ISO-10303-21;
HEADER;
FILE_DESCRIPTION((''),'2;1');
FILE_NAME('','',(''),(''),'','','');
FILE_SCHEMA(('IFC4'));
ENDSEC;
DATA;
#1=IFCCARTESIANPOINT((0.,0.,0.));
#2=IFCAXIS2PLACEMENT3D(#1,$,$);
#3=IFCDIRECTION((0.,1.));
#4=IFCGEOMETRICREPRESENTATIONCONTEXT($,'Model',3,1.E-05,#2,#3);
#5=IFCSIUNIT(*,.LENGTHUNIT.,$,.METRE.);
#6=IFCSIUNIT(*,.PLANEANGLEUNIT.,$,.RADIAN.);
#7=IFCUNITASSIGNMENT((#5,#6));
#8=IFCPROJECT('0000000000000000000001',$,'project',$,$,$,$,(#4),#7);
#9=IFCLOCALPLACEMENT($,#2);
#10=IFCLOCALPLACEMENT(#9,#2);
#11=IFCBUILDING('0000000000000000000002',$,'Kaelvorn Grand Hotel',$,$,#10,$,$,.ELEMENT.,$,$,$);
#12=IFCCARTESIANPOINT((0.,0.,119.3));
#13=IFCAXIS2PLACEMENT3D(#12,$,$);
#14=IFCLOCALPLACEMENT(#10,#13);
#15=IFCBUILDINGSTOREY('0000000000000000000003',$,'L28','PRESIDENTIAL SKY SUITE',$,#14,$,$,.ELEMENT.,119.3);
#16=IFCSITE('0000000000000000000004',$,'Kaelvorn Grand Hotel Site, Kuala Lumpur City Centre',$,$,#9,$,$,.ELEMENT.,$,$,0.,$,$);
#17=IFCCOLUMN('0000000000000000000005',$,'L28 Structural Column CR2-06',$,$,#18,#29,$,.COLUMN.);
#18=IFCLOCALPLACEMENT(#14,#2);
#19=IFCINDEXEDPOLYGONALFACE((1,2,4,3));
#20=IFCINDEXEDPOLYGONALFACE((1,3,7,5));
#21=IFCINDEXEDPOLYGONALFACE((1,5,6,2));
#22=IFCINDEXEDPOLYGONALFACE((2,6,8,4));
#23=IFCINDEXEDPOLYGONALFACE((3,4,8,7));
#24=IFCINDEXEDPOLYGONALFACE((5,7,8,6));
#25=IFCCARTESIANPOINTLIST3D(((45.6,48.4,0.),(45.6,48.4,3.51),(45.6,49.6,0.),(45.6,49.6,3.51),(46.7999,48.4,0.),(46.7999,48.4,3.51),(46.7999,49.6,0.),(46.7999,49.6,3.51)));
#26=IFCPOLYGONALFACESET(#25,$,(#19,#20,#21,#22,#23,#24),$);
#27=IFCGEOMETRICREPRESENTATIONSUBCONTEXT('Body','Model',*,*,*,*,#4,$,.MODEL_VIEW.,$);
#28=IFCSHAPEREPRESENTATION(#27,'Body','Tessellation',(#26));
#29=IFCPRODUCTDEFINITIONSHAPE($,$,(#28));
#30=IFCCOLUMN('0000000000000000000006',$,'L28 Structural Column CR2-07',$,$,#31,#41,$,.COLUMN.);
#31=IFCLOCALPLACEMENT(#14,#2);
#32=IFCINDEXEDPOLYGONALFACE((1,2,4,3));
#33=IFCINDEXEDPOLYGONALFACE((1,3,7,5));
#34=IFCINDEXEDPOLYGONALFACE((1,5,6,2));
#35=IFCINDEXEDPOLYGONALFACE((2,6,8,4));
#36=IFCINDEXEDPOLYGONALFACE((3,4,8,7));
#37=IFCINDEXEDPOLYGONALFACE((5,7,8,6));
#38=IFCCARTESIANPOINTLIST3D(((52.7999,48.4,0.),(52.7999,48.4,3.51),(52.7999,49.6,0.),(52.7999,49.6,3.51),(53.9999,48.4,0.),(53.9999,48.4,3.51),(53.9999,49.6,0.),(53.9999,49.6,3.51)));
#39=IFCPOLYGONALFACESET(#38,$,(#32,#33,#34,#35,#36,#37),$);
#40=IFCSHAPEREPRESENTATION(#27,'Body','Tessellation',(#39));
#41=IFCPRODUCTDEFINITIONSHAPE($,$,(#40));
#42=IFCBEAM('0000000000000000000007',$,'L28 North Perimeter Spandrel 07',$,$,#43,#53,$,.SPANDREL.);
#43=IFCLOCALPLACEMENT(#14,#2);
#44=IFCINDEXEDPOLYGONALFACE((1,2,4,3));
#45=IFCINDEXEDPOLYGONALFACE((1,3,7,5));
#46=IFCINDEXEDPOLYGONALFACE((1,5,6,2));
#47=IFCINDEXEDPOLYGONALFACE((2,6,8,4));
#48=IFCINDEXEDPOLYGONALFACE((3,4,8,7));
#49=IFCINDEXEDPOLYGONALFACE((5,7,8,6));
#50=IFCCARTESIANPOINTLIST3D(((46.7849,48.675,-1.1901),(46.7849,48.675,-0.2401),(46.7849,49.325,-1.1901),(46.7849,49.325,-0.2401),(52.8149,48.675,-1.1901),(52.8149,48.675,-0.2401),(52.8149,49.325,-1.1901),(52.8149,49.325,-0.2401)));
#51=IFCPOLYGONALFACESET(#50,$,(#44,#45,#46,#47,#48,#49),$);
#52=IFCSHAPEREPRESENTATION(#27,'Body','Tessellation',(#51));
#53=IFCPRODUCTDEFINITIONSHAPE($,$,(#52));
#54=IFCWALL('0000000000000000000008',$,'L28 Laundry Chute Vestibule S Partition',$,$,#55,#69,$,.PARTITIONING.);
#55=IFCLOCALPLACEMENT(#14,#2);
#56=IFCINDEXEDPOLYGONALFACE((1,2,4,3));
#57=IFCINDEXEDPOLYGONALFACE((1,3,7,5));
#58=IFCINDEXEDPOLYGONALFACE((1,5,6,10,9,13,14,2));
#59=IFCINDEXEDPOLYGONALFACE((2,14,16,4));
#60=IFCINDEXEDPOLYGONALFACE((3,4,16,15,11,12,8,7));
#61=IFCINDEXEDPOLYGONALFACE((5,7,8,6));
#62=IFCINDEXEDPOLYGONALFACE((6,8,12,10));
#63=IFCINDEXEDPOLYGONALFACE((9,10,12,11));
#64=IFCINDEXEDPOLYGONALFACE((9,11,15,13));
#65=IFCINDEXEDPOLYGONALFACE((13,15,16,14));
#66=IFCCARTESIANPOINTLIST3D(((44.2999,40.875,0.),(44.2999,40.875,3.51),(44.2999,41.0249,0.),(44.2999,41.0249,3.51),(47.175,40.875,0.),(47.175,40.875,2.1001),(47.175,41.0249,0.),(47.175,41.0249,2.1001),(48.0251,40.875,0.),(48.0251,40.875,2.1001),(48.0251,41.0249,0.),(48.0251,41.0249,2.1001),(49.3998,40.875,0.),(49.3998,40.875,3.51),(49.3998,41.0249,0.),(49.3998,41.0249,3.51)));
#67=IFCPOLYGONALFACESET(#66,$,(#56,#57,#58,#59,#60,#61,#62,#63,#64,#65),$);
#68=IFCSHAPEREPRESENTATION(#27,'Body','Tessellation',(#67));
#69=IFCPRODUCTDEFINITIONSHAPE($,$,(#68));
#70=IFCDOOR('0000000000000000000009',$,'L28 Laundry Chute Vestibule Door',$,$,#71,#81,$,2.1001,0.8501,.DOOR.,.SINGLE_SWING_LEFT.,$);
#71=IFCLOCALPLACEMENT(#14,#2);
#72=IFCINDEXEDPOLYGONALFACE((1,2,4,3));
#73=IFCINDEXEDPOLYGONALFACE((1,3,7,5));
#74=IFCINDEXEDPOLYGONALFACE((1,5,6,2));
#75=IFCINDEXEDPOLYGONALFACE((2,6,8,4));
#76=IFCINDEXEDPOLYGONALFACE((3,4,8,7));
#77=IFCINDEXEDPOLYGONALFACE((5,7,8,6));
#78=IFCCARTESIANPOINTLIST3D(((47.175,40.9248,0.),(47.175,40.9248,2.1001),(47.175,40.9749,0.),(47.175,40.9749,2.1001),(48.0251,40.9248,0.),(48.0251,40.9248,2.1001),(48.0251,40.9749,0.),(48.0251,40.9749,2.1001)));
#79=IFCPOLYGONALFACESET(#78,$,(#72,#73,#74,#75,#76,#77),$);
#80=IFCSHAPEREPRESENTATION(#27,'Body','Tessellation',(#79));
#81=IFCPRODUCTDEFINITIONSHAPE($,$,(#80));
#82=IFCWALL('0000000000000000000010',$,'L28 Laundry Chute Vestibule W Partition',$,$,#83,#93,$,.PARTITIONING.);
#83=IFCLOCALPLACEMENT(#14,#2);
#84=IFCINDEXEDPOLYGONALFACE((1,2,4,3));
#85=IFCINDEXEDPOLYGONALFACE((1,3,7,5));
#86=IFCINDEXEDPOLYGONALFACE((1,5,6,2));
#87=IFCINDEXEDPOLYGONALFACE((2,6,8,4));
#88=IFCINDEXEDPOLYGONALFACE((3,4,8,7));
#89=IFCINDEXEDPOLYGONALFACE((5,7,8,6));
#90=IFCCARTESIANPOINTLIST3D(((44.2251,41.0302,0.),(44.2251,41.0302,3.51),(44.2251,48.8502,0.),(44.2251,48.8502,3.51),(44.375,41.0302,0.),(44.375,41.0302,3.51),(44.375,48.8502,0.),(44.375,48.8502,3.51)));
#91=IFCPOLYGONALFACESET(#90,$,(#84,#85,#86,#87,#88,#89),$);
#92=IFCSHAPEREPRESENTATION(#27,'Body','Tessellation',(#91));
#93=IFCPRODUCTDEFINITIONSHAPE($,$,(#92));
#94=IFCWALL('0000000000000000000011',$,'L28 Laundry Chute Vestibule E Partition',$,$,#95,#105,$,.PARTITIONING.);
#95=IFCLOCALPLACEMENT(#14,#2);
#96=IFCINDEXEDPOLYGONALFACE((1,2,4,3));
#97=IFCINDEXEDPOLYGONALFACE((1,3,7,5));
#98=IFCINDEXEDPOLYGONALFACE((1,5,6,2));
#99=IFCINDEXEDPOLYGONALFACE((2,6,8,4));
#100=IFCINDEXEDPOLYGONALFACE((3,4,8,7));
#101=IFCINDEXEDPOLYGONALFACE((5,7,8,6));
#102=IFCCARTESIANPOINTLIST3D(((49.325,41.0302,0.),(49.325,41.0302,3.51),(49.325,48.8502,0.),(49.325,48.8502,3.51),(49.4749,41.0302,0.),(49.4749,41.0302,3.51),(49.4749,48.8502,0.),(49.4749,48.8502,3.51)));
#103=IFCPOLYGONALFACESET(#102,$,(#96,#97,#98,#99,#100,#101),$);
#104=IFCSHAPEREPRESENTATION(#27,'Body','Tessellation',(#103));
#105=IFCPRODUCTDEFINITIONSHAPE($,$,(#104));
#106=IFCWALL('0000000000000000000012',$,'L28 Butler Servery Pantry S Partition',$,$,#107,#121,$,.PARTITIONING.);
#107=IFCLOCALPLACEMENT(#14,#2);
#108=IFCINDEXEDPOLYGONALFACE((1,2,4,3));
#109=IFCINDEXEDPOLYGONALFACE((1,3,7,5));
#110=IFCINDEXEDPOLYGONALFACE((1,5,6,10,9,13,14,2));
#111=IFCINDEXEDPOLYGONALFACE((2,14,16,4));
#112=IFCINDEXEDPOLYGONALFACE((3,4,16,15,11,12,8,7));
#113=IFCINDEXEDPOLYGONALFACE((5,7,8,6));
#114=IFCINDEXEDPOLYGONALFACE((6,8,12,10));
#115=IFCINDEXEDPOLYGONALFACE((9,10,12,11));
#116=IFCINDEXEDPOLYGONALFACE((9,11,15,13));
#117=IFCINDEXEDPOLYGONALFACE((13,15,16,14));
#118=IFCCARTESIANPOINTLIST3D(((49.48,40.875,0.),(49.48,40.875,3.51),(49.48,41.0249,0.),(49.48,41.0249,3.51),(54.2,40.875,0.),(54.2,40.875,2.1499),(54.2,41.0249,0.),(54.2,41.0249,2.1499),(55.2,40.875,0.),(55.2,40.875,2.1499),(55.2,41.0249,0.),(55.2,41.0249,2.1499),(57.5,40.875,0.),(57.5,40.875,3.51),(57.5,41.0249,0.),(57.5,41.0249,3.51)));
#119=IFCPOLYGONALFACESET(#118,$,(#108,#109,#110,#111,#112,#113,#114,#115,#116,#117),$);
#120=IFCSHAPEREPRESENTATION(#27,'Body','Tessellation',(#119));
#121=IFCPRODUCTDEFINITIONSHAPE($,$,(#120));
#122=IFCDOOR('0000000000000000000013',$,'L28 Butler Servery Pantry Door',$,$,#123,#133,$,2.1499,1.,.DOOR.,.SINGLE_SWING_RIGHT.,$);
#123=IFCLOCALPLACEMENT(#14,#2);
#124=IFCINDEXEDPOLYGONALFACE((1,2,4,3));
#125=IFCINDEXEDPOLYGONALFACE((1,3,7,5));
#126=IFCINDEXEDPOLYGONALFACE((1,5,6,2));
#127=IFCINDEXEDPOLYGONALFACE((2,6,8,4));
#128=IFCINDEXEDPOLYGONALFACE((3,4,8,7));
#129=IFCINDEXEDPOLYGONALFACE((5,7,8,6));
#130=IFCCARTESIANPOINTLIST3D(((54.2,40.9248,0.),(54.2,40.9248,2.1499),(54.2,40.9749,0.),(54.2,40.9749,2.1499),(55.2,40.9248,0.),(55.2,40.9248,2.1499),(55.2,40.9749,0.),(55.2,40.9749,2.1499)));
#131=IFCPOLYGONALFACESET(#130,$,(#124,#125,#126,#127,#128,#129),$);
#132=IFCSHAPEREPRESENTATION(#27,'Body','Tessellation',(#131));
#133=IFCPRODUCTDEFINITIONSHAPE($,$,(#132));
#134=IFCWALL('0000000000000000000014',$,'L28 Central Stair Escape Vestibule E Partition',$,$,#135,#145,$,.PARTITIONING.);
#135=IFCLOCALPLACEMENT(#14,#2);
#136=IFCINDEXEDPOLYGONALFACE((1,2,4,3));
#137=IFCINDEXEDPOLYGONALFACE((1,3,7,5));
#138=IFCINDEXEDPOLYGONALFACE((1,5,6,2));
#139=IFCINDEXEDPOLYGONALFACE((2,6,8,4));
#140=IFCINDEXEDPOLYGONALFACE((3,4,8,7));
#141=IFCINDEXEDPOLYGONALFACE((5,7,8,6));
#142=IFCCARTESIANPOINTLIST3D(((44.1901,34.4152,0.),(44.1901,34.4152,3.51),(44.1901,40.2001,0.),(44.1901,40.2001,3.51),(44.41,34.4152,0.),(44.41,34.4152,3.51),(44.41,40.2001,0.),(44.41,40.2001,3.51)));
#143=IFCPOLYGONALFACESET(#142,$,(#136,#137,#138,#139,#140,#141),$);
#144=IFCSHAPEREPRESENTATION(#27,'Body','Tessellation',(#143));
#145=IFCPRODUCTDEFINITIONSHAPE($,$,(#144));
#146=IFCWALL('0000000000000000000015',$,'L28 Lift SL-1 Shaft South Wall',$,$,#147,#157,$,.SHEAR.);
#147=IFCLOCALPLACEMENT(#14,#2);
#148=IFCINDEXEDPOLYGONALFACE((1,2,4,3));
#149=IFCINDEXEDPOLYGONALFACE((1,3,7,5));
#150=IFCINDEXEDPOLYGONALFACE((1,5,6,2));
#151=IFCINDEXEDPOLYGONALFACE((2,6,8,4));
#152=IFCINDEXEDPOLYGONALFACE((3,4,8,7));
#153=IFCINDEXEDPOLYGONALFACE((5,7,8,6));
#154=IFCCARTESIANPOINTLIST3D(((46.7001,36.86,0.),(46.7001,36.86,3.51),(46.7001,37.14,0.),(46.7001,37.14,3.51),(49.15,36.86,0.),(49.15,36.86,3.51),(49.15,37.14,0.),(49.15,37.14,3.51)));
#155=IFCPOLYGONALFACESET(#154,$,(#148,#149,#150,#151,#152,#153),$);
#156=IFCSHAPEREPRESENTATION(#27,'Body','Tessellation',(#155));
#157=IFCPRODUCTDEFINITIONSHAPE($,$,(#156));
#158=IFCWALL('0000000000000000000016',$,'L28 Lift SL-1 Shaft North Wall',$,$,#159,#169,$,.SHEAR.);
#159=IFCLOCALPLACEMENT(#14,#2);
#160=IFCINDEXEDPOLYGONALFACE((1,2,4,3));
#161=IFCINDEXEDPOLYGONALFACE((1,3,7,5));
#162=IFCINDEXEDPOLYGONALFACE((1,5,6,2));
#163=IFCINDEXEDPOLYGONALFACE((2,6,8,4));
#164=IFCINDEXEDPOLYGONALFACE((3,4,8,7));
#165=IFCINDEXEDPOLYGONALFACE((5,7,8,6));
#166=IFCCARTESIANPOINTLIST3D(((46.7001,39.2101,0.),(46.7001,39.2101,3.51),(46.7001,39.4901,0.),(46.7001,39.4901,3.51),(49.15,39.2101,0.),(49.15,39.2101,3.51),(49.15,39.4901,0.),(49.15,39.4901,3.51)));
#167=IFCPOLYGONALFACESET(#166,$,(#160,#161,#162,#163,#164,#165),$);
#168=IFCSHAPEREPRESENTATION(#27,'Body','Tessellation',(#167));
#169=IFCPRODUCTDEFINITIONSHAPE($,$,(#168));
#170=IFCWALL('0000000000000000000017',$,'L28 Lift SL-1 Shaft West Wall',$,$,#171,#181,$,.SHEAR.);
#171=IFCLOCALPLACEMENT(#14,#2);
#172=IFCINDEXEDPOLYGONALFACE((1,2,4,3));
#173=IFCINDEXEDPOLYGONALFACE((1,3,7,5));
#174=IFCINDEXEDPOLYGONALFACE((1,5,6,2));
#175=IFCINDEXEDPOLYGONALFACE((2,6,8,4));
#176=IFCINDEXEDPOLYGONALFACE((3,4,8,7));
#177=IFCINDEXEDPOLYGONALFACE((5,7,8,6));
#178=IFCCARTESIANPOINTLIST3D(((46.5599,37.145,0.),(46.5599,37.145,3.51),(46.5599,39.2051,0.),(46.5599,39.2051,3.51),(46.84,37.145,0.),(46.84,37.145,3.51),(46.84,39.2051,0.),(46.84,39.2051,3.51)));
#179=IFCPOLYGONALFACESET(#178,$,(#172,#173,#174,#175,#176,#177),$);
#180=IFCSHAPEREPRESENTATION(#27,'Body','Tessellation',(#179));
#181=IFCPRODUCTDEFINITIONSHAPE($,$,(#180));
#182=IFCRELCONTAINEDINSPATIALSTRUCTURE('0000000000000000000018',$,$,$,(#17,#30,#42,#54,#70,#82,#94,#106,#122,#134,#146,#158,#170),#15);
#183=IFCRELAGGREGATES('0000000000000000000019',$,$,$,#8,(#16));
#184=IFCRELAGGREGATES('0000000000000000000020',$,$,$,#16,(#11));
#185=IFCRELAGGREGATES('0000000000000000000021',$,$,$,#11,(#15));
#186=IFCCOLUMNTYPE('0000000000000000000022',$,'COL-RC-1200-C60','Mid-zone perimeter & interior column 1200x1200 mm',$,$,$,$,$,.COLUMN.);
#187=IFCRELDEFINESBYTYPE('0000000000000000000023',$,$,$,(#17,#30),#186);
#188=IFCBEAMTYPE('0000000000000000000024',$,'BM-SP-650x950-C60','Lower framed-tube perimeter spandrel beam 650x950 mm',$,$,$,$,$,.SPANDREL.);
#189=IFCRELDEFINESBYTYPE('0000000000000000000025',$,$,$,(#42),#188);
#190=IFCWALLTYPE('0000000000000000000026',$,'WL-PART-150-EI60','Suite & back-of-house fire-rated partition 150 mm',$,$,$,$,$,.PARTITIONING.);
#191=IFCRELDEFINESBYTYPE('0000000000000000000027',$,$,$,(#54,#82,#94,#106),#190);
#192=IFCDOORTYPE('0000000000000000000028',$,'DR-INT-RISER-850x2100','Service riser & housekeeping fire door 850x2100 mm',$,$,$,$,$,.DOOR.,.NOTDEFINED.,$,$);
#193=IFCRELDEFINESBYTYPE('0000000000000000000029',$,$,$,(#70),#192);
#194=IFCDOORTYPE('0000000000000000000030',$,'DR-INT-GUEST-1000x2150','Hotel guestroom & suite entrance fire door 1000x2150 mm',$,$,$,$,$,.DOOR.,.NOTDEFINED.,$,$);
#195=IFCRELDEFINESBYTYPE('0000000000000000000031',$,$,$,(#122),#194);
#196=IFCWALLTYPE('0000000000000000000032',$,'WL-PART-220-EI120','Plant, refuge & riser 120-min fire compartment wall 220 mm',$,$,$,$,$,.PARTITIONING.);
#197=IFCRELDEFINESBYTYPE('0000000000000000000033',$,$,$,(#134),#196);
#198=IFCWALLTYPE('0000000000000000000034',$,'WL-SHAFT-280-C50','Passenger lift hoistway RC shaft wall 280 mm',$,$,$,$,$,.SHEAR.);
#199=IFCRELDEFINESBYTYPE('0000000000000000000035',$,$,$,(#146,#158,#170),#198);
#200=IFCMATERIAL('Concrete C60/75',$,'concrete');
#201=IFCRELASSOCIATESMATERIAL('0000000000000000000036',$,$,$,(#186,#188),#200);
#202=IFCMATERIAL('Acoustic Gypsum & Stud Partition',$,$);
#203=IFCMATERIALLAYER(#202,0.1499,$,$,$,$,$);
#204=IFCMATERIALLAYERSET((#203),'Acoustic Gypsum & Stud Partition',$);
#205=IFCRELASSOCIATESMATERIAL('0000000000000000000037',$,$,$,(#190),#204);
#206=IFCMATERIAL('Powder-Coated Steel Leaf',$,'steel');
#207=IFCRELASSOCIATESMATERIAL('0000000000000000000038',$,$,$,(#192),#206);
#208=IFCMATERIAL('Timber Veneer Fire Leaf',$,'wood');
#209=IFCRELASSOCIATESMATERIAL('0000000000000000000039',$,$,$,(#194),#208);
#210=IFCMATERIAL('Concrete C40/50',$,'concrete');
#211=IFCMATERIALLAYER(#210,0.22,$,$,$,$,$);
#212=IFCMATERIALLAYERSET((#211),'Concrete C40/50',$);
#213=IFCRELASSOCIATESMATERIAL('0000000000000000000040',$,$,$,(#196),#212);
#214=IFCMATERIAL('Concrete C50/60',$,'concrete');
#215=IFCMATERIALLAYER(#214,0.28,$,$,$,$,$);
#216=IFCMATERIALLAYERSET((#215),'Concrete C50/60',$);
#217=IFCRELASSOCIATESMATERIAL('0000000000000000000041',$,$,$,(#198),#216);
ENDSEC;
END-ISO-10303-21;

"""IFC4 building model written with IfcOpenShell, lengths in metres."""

from ifc_helpers import new_model, si_unit, direction, frame, frame_2d, origin, origin_2d, place, context, subcontext, project, spatial, rectangle, extrude, material, layer, layer_set, material_profile, profile_set, type_object, element, fill, save


model = new_model("IFC4")

# Units and contexts
model_context = context("Model", 3, precision=1e-05, world=origin(), true_north=direction((0.0, 1.0)))
body_context = subcontext(model_context, "Body", "Model", "MODEL_VIEW")
ifc_project = project(units=[si_unit("LENGTHUNIT", "METRE"), si_unit("PLANEANGLEUNIT", "RADIAN")], contexts=[model_context])

# Site, building, storey
site_placement = place(None, origin())
site = spatial("IfcSite", under=ifc_project, at=site_placement, Name="Kaelvorn Grand Hotel Site, Kuala Lumpur City Centre", CompositionType="ELEMENT", RefElevation=0.0)
building_placement = place(site_placement, origin())
building = spatial("IfcBuilding", under=site, at=building_placement, Name="Kaelvorn Grand Hotel", CompositionType="ELEMENT")
storey_placement = place(building_placement, frame((0.0, 0.0, 119.3)))
storey = spatial("IfcBuildingStorey", under=building, at=storey_placement, Name="L28", Description="PRESIDENTIAL SKY SUITE", CompositionType="ELEMENT", Elevation=119.3)

# Columns
ifc_material_1 = material(Name="Concrete C60/75", Category="concrete")
ifc_material_profile_1 = material_profile(ifc_material_1, rectangle(XDim=1.2, YDim=1.2, at=origin_2d()), Name="RC COL 1200x1200")
ifc_profile_set_1 = profile_set([ifc_material_profile_1], Name="Concrete C60/75")
column_type = type_object("IfcColumnType", Name="COL-RC-1200-C60", Description="Mid-zone perimeter & interior column 1200x1200 mm", PredefinedType="COLUMN", material=ifc_profile_set_1)
for number, where, z_axis, x_axis, name in (
    (1, (46.2, 49.0, 0.0), (0.0, 0.0, 1.0), (1.0, 0.0, 0.0), "L28 Structural Column CR2-06"),
    (2, (53.3999, 49.0, 0.0), (0.0, 0.0, 1.0), (1.0, 0.0, 0.0), "L28 Structural Column CR2-07"),
):
    element("IfcColumn", number, at=place(storey_placement, frame(where, z_axis=z_axis, x_axis=x_axis)), inside=storey, type_object=column_type, Name=name, PredefinedType="COLUMN", context=body_context, shape_type="SweptSolid", body=[
        extrude(rectangle(XDim=1.2, YDim=1.2, at=origin_2d()), origin(), (0.0, 0.0, 1.0), 3.51),
    ])

# Beam
ifc_material_profile_2 = material_profile(ifc_material_1, rectangle(XDim=0.6499, YDim=0.95, at=origin_2d()), Name="RC SPANDREL 650x950")
ifc_profile_set_2 = profile_set([ifc_material_profile_2], Name="Concrete C60/75")
beam_type = type_object("IfcBeamType", Name="BM-SP-650x950-C60", Description="Lower framed-tube perimeter spandrel beam 650x950 mm", PredefinedType="SPANDREL", material=ifc_profile_set_2)
beam_placement = place(storey_placement, frame((46.7849, 49.0, -0.7151), z_axis=(1.0, 0.0, 0.0), x_axis=(0.0, 1.0, 0.0)))
element("IfcBeam", 3, at=beam_placement, inside=storey, type_object=beam_type, Name="L28 North Perimeter Spandrel 07", PredefinedType="SPANDREL", context=body_context, shape_type="SweptSolid", body=[
    extrude(rectangle(XDim=0.6499, YDim=0.95, at=origin_2d()), origin(), (0.0, 0.0, 1.0), 6.03),
])

# Wall, opening, door
ifc_material_2 = material(Name="Acoustic Gypsum & Stud Partition")
ifc_layer_1 = layer(ifc_material_2, 0.1499)
ifc_layer_set_1 = layer_set([ifc_layer_1], Name="Acoustic Gypsum & Stud Partition")
wall_type_1 = type_object("IfcWallType", Name="WL-PART-150-EI60", Description="Suite & back-of-house fire-rated partition 150 mm", PredefinedType="PARTITIONING", material=ifc_layer_set_1)
wall_1_placement = place(storey_placement, frame((44.3, 40.95, 0.0), z_axis=(0.0, 0.0, 1.0), x_axis=(1.0, 0.0, 0.0)))
wall_1 = element("IfcWall", 4, at=wall_1_placement, inside=storey, type_object=wall_type_1, Name="L28 Laundry Chute Vestibule S Partition", PredefinedType="PARTITIONING", context=body_context, shape_type="SweptSolid", body=[
    extrude(rectangle(XDim=5.0999, YDim=0.1499, at=frame_2d((2.5498, 0.0))), origin(), (0.0, 0.0, 1.0), 3.51),
])
opening_1_placement = place(wall_1_placement, frame((2.875, 0.0, 0.0)))
opening_1 = element("IfcOpeningElement", 5, at=opening_1_placement, cuts=wall_1, PredefinedType="OPENING", context=body_context, shape_type="SweptSolid", body=[
    extrude(rectangle(XDim=0.8501, YDim=2.1001, at=frame_2d((0.425, 1.05))), frame((0.0, 0.085, 0.0), z_axis=(0.0, -1.0, 0.0), x_axis=(1.0, 0.0, 0.0)), (0.0, 0.0, 1.0), 0.1699),
])
ifc_material_3 = material(Name="Powder-Coated Steel Leaf", Category="steel")
door_type_1 = type_object("IfcDoorType", Name="DR-INT-RISER-850x2100", Description="Service riser & housekeeping fire door 850x2100 mm", OperationType="NOTDEFINED", PredefinedType="DOOR", material=ifc_material_3)
door_1_placement = place(opening_1_placement, origin())
door_1 = element("IfcDoor", 6, at=door_1_placement, inside=storey, type_object=door_type_1, Name="L28 Laundry Chute Vestibule Door", OperationType="SINGLE_SWING_LEFT", OverallHeight=2.1001, OverallWidth=0.8501, PredefinedType="DOOR", context=body_context, shape_type="SweptSolid", body=[
    extrude(rectangle(XDim=0.8501, YDim=2.1001, at=frame_2d((0.425, 1.05))), frame((0.0, 0.0249, 0.0), z_axis=(0.0, -1.0, 0.0), x_axis=(1.0, 0.0, 0.0)), (0.0, 0.0, 1.0), 0.05),
])
fill(opening_1, door_1)

# Walls
for number, where, z_axis, x_axis, name in (
    (7, (44.3, 41.03, 0.0), (0.0, 0.0, 1.0), (0.0, 1.0, 0.0), "L28 Laundry Chute Vestibule W Partition"),
    (8, (49.3999, 41.03, 0.0), (0.0, 0.0, 1.0), (0.0, 1.0, 0.0), "L28 Laundry Chute Vestibule E Partition"),
):
    element("IfcWall", number, at=place(storey_placement, frame(where, z_axis=z_axis, x_axis=x_axis)), inside=storey, type_object=wall_type_1, Name=name, PredefinedType="PARTITIONING", context=body_context, shape_type="SweptSolid", body=[
        extrude(rectangle(XDim=7.8201, YDim=0.1499, at=frame_2d((3.9102, 0.0))), origin(), (0.0, 0.0, 1.0), 3.51),
    ])

# Wall, opening, door
wall_2_placement = place(storey_placement, frame((49.48, 40.95, 0.0), z_axis=(0.0, 0.0, 1.0), x_axis=(1.0, 0.0, 0.0)))
wall_2 = element("IfcWall", 9, at=wall_2_placement, inside=storey, type_object=wall_type_1, Name="L28 Butler Servery Pantry S Partition", PredefinedType="PARTITIONING", context=body_context, shape_type="SweptSolid", body=[
    extrude(rectangle(XDim=8.02, YDim=0.1499, at=frame_2d((4.01, 0.0))), origin(), (0.0, 0.0, 1.0), 3.51),
])
opening_2_placement = place(wall_2_placement, frame((4.72, 0.0, 0.0)))
opening_2 = element("IfcOpeningElement", 10, at=opening_2_placement, cuts=wall_2, PredefinedType="OPENING", context=body_context, shape_type="SweptSolid", body=[
    extrude(rectangle(XDim=1.0, YDim=2.1499, at=frame_2d((0.5, 1.075))), frame((0.0, 0.085, 0.0), z_axis=(0.0, -1.0, 0.0), x_axis=(1.0, 0.0, 0.0)), (0.0, 0.0, 1.0), 0.1699),
])
ifc_material_4 = material(Name="Timber Veneer Fire Leaf", Category="wood")
door_type_2 = type_object("IfcDoorType", Name="DR-INT-GUEST-1000x2150", Description="Hotel guestroom & suite entrance fire door 1000x2150 mm", OperationType="NOTDEFINED", PredefinedType="DOOR", material=ifc_material_4)
door_2_placement = place(opening_2_placement, origin())
door_2 = element("IfcDoor", 11, at=door_2_placement, inside=storey, type_object=door_type_2, Name="L28 Butler Servery Pantry Door", OperationType="SINGLE_SWING_RIGHT", OverallHeight=2.1499, OverallWidth=1.0, PredefinedType="DOOR", context=body_context, shape_type="SweptSolid", body=[
    extrude(rectangle(XDim=1.0, YDim=2.1499, at=frame_2d((0.5, 1.075))), frame((0.0, 0.0249, 0.0), z_axis=(0.0, -1.0, 0.0), x_axis=(1.0, 0.0, 0.0)), (0.0, 0.0, 1.0), 0.05),
])
fill(opening_2, door_2)

# Walls
ifc_material_5 = material(Name="Concrete C40/50", Category="concrete")
ifc_layer_2 = layer(ifc_material_5, 0.22)
ifc_layer_set_2 = layer_set([ifc_layer_2], Name="Concrete C40/50")
wall_type_2 = type_object("IfcWallType", Name="WL-PART-220-EI120", Description="Plant, refuge & riser 120-min fire compartment wall 220 mm", PredefinedType="PARTITIONING", material=ifc_layer_set_2)
wall_3_placement = place(storey_placement, frame((44.3, 34.415, 0.0), z_axis=(0.0, 0.0, 1.0), x_axis=(0.0, 1.0, 0.0)))
element("IfcWall", 12, at=wall_3_placement, inside=storey, type_object=wall_type_2, Name="L28 Central Stair Escape Vestibule E Partition", PredefinedType="PARTITIONING", context=body_context, shape_type="SweptSolid", body=[
    extrude(rectangle(XDim=5.7849, YDim=0.22, at=frame_2d((2.8926, 0.0))), origin(), (0.0, 0.0, 1.0), 3.51),
])
ifc_material_6 = material(Name="Concrete C50/60", Category="concrete")
ifc_layer_3 = layer(ifc_material_6, 0.28)
ifc_layer_set_3 = layer_set([ifc_layer_3], Name="Concrete C50/60")
wall_type_3 = type_object("IfcWallType", Name="WL-SHAFT-280-C50", Description="Passenger lift hoistway RC shaft wall 280 mm", PredefinedType="SHEAR", material=ifc_layer_set_3)
for number, where, z_axis, x_axis, name in (
    (13, (46.7, 37.0, 0.0), (0.0, 0.0, 1.0), (1.0, 0.0, 0.0), "L28 Lift SL-1 Shaft South Wall"),
    (14, (46.7, 39.3501, 0.0), (0.0, 0.0, 1.0), (1.0, 0.0, 0.0), "L28 Lift SL-1 Shaft North Wall"),
):
    element("IfcWall", number, at=place(storey_placement, frame(where, z_axis=z_axis, x_axis=x_axis)), inside=storey, type_object=wall_type_3, Name=name, PredefinedType="SHEAR", context=body_context, shape_type="SweptSolid", body=[
        extrude(rectangle(XDim=2.45, YDim=0.28, at=frame_2d((1.2251, 0.0))), origin(), (0.0, 0.0, 1.0), 3.51),
    ])
for number, where, z_axis, x_axis, name in (
    (15, (46.7, 37.145, 0.0), (0.0, 0.0, 1.0), (0.0, 1.0, 0.0), "L28 Lift SL-1 Shaft West Wall"),
):
    element("IfcWall", number, at=place(storey_placement, frame(where, z_axis=z_axis, x_axis=x_axis)), inside=storey, type_object=wall_type_3, Name=name, PredefinedType="SHEAR", context=body_context, shape_type="SweptSolid", body=[
        extrude(rectangle(XDim=2.0601, YDim=0.28, at=frame_2d((1.03, 0.0))), origin(), (0.0, 0.0, 1.0), 3.51),
    ])

save(model, "model.ifc")
